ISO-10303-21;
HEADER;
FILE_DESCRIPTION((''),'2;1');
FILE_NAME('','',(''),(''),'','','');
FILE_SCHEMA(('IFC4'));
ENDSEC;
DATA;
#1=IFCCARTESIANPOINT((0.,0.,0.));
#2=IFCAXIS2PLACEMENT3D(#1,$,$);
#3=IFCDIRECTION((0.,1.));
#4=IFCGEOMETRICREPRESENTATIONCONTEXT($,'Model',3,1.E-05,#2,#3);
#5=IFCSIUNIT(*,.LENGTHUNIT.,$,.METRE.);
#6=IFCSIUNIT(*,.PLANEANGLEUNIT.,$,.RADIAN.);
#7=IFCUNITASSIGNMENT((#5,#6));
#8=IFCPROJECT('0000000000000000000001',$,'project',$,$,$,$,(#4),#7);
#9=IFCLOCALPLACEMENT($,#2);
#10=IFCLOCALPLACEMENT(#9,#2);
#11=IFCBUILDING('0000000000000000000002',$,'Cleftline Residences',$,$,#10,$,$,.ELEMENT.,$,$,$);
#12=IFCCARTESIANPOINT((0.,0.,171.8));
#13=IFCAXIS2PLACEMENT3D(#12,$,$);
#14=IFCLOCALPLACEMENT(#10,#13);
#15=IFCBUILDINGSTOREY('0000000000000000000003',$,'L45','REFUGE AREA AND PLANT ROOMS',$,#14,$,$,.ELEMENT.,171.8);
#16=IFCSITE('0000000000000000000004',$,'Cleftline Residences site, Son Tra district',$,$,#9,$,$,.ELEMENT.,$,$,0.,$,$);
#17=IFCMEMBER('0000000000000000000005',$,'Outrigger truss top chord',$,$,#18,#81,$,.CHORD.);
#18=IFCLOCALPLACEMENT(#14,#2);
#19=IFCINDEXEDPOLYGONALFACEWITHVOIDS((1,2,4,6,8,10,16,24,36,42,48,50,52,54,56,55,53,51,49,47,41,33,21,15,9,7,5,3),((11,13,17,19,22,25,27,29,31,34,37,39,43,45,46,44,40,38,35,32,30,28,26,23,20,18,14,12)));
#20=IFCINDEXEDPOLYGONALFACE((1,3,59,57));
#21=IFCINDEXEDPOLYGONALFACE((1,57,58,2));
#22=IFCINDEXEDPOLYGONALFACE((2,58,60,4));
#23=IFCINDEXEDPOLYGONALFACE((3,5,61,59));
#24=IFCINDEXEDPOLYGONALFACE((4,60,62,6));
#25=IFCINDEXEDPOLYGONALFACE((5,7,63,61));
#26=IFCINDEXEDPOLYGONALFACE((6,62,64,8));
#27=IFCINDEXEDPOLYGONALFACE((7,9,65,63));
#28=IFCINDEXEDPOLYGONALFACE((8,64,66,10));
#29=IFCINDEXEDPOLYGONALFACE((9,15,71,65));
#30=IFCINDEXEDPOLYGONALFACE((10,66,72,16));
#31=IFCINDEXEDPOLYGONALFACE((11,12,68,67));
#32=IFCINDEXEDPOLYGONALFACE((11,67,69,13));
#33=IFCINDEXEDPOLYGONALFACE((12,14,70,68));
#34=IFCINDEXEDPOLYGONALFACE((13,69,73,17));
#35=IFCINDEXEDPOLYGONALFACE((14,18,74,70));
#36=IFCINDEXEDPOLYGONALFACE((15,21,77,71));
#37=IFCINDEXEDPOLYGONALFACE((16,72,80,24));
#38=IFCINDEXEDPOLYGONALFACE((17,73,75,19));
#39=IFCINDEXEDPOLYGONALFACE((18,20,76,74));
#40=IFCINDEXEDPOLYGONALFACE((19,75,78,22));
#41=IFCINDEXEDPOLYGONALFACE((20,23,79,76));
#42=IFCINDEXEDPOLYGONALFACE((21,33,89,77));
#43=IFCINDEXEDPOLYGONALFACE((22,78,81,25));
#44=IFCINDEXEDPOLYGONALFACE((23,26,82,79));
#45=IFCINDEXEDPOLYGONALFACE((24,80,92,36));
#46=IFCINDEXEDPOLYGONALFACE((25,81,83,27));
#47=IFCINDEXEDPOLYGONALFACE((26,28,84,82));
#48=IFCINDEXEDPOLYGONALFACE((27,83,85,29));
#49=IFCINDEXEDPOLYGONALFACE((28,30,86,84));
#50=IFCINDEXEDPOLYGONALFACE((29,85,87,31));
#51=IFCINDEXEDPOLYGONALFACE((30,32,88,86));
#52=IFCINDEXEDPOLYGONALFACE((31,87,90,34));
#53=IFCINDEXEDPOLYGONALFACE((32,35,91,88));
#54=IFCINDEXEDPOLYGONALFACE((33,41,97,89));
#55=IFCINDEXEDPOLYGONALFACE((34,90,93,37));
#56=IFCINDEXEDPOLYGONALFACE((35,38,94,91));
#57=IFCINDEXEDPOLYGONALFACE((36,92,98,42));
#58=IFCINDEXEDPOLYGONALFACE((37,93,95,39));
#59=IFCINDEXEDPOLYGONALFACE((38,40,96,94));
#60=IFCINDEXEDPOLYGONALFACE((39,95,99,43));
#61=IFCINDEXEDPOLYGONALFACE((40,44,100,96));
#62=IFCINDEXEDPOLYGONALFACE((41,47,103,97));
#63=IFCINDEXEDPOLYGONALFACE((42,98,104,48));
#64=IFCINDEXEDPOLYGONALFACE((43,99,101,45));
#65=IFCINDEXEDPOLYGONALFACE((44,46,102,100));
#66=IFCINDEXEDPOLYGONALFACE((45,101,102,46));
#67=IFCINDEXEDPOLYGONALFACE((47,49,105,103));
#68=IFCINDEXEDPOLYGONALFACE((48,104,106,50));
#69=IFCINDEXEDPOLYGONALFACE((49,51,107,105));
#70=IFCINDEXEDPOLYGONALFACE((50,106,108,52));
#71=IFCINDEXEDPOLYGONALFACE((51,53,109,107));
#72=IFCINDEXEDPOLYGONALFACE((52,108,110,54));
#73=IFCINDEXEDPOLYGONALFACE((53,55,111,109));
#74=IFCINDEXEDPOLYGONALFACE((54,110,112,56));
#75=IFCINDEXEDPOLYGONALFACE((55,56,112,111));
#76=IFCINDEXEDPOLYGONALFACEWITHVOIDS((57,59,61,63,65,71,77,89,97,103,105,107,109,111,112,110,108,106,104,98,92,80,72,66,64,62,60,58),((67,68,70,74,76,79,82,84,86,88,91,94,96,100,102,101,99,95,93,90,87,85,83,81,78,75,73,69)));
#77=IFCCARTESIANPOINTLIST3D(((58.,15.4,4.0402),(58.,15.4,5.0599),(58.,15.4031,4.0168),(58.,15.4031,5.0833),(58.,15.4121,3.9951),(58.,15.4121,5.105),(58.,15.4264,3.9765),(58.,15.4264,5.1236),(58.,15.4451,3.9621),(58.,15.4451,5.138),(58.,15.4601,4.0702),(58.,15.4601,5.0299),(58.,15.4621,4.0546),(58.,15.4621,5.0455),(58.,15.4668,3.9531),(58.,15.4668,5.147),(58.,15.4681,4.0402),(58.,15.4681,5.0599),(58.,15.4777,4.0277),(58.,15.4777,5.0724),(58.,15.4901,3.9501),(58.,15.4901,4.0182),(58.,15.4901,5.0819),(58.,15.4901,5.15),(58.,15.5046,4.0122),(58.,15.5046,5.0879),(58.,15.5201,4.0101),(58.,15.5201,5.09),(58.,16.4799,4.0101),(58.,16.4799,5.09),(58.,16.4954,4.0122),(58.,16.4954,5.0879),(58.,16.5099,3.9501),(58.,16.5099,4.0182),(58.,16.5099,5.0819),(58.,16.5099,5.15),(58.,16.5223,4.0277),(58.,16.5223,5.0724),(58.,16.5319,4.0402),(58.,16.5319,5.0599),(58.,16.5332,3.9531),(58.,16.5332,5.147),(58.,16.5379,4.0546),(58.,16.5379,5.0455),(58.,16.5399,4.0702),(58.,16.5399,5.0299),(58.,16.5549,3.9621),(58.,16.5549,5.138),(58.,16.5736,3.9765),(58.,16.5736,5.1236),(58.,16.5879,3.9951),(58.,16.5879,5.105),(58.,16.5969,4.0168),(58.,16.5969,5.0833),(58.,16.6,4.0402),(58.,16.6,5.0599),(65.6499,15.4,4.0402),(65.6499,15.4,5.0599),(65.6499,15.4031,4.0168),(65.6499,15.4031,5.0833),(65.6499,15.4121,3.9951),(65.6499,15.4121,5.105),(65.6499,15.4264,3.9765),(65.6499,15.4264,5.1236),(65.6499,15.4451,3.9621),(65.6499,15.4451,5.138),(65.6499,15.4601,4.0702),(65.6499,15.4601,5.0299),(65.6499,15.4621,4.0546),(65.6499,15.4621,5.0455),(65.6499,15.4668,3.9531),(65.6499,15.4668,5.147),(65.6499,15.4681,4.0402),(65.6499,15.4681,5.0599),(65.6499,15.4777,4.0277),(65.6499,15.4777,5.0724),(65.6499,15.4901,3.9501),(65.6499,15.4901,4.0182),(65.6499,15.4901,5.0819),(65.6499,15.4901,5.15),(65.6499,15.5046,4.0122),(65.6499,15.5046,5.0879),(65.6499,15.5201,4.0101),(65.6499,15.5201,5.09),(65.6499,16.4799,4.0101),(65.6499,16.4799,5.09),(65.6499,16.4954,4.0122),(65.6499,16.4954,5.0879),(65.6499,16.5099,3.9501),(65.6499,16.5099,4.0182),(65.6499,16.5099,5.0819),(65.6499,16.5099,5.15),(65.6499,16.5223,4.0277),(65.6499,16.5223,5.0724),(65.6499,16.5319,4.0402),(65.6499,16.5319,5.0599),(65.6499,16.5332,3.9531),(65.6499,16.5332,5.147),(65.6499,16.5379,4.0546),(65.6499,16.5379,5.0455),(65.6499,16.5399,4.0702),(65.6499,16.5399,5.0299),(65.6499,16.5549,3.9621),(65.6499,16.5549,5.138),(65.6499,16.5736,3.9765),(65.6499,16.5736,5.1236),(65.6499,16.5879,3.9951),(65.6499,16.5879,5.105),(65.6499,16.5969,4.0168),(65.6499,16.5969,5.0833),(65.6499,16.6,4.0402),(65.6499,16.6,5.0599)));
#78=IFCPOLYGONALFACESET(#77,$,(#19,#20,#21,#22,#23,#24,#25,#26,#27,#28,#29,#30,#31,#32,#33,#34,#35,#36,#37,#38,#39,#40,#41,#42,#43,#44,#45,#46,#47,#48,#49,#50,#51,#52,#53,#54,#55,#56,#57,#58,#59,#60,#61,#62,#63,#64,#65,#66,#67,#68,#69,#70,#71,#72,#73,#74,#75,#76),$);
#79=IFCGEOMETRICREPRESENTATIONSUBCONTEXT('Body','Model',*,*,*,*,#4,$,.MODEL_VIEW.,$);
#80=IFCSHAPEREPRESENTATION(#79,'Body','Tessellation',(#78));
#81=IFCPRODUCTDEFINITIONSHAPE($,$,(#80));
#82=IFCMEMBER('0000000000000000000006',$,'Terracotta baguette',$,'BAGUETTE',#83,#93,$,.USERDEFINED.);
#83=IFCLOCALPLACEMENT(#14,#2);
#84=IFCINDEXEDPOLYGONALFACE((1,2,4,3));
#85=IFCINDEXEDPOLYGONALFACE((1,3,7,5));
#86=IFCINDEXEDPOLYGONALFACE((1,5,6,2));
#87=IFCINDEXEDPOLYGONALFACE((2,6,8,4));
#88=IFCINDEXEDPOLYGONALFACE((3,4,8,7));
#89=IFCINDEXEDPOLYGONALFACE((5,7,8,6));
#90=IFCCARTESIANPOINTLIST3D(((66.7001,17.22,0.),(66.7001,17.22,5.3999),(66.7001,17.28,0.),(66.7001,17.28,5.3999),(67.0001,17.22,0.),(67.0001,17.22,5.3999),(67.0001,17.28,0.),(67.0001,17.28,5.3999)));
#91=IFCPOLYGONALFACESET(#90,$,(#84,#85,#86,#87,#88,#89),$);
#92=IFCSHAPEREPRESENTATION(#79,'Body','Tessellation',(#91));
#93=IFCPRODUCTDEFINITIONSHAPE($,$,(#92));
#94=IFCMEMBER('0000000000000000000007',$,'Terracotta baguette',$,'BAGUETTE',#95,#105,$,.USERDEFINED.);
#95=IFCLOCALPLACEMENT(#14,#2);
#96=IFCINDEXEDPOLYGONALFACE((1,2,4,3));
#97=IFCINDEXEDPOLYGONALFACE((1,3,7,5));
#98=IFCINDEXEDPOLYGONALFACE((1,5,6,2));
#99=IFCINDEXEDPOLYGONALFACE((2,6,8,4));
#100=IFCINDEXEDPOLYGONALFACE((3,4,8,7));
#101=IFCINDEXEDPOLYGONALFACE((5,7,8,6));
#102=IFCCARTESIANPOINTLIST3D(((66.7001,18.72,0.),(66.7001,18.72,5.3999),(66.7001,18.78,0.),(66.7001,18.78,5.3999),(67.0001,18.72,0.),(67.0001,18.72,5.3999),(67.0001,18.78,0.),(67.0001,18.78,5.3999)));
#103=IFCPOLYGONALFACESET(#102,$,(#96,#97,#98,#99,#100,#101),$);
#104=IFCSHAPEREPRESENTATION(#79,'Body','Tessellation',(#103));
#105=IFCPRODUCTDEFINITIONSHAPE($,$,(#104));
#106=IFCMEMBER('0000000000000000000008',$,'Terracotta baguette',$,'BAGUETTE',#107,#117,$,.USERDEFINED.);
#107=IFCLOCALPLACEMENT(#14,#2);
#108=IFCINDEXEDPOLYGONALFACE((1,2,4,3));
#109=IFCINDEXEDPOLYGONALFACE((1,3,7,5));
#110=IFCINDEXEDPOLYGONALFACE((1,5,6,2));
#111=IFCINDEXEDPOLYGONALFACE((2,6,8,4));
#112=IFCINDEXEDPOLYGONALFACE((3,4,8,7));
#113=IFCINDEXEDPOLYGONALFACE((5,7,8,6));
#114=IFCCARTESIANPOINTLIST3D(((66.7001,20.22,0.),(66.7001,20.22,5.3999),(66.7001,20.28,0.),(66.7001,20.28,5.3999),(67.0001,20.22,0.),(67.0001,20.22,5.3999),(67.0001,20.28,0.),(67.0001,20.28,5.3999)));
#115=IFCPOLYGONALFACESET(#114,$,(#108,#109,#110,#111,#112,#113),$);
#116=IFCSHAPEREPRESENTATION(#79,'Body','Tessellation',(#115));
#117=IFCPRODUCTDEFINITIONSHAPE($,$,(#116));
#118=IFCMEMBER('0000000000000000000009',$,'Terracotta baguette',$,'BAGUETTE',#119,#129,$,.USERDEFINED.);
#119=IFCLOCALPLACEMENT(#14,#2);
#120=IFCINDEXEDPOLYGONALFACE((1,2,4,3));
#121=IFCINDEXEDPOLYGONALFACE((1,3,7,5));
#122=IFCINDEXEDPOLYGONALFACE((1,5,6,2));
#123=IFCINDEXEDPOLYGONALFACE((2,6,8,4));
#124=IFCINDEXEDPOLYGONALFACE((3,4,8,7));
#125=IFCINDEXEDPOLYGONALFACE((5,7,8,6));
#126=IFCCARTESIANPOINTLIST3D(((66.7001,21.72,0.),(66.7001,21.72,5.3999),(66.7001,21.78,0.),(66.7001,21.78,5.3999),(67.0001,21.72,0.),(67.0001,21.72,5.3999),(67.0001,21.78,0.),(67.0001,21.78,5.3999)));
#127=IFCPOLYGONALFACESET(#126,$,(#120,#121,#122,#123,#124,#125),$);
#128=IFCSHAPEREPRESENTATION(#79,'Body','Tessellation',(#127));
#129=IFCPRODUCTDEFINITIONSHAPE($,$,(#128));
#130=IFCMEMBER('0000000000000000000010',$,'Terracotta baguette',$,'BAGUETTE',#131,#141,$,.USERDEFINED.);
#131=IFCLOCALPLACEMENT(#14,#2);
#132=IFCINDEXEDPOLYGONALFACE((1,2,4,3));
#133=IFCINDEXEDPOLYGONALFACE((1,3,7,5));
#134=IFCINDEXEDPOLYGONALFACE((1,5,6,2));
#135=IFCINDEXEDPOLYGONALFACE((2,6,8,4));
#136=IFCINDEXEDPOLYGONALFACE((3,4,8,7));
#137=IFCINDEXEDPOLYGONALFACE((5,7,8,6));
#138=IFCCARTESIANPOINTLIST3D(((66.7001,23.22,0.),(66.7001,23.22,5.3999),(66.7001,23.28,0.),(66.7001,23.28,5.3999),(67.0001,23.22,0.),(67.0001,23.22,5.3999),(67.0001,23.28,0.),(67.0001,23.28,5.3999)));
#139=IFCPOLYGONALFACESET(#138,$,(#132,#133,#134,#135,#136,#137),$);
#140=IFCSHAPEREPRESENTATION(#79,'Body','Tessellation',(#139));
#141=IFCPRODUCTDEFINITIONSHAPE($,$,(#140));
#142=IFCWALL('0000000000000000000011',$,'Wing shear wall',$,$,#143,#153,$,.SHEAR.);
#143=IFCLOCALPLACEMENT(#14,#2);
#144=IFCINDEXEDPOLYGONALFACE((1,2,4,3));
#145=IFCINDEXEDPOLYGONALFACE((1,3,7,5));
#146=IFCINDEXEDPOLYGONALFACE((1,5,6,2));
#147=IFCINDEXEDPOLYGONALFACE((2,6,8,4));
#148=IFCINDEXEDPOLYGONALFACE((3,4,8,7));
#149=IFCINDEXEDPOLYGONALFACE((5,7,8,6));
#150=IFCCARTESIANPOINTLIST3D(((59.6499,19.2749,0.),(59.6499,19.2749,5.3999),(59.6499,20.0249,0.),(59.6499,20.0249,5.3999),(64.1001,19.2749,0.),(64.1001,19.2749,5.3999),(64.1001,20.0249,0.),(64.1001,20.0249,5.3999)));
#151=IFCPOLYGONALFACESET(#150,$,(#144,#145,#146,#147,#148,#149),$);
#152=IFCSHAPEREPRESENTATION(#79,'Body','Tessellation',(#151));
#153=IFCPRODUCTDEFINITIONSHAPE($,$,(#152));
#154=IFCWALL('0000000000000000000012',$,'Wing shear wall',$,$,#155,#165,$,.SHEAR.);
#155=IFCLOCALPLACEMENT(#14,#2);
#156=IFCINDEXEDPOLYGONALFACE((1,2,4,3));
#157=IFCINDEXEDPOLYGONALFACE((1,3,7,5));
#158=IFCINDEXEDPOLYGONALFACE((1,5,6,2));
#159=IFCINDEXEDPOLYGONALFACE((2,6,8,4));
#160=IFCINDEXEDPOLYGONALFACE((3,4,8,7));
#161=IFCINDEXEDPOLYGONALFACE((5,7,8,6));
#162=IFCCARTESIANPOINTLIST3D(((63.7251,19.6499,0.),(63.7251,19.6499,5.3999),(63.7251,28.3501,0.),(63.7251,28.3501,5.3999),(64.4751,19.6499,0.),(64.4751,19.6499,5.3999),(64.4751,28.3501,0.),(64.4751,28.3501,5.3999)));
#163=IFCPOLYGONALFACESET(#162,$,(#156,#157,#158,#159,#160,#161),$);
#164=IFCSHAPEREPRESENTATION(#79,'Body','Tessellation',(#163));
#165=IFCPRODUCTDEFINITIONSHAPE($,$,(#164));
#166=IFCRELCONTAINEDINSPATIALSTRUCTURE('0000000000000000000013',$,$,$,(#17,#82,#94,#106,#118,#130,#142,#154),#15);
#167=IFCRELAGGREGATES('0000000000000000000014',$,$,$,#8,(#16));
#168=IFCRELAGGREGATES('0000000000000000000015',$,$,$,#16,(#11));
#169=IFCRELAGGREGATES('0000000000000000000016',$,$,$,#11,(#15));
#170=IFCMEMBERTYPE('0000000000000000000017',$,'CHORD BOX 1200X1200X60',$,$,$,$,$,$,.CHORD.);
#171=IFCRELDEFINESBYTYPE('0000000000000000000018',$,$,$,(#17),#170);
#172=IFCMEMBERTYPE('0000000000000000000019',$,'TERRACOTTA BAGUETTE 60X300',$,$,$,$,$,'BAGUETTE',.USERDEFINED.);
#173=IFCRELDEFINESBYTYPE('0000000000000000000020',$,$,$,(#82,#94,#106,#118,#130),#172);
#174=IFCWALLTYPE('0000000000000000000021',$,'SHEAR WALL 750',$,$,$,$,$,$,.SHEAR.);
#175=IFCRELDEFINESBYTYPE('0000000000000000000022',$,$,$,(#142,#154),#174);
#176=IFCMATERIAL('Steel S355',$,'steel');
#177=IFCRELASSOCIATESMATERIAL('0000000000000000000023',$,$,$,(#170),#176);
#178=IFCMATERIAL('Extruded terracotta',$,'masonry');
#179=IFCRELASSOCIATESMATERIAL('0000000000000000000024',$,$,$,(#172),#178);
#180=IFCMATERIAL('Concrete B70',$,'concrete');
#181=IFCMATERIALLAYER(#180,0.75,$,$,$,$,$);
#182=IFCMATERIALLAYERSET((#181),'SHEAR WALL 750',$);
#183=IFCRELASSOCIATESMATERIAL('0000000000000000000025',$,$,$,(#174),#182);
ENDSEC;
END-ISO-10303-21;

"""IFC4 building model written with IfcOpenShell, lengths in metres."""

from ifc_helpers import new_model, si_unit, direction, frame, frame_2d, origin, origin_2d, place, context, subcontext, project, spatial, rectangle, hollow_rectangle, extrude, material, layer, layer_set, material_profile, profile_set, type_object, element, save


model = new_model("IFC4")

# Units and contexts
model_context = context("Model", 3, precision=1e-05, world=origin(), true_north=direction((0.0, 1.0)))
body_context = subcontext(model_context, "Body", "Model", "MODEL_VIEW")
ifc_project = project(units=[si_unit("LENGTHUNIT", "METRE"), si_unit("PLANEANGLEUNIT", "RADIAN")], contexts=[model_context])

# Site, building, storey
site_placement = place(None, origin())
site = spatial("IfcSite", under=ifc_project, at=site_placement, Name="Cleftline Residences site, Son Tra district", CompositionType="ELEMENT", RefElevation=0.0)
building_placement = place(site_placement, origin())
building = spatial("IfcBuilding", under=site, at=building_placement, Name="Cleftline Residences", CompositionType="ELEMENT")
storey_placement = place(building_placement, frame((0.0, 0.0, 171.8)))
storey = spatial("IfcBuildingStorey", under=building, at=storey_placement, Name="L45", Description="REFUGE AREA AND PLANT ROOMS", CompositionType="ELEMENT", Elevation=171.8)

# Members
ifc_material_1 = material(Name="Steel S355", Category="steel")
ifc_material_profile_1 = material_profile(ifc_material_1, hollow_rectangle(XDim=1.2, YDim=1.2, WallThickness=0.0601, InnerFilletRadius=0.0601, OuterFilletRadius=0.0901, at=origin_2d()))
ifc_profile_set_1 = profile_set([ifc_material_profile_1], Name="Steel S355")
member_type_1 = type_object("IfcMemberType", Name="CHORD BOX 1200X1200X60", PredefinedType="CHORD", material=ifc_profile_set_1)
for number, where, z_axis, x_axis, name in (
    (1, (58.0, 16.0, 4.55), (1.0, 0.0, 0.0), (0.0, 1.0, 0.0), "Outrigger truss top chord"),
):
    element("IfcMember", number, at=place(storey_placement, frame(where, z_axis=z_axis, x_axis=x_axis)), inside=storey, type_object=member_type_1, Name=name, PredefinedType="CHORD", context=body_context, shape_type="SweptSolid", body=[
        extrude(hollow_rectangle(XDim=1.2, YDim=1.2, WallThickness=0.0601, InnerFilletRadius=0.0601, OuterFilletRadius=0.0901, at=origin_2d()), origin(), (0.0, 0.0, 1.0), 7.6499),
    ])
ifc_material_2 = material(Name="Extruded terracotta", Category="masonry")
ifc_material_profile_2 = material_profile(ifc_material_2, rectangle(XDim=0.0601, YDim=0.3, at=origin_2d()))
ifc_profile_set_2 = profile_set([ifc_material_profile_2], Name="Extruded terracotta")
member_type_2 = type_object("IfcMemberType", Name="TERRACOTTA BAGUETTE 60X300", ElementType="BAGUETTE", PredefinedType="USERDEFINED", material=ifc_profile_set_2)
for number, where, z_axis, x_axis, name in (
    (2, (66.8501, 17.25, 0.0), (0.0, 0.0, 1.0), (0.0, 1.0, 0.0), "Terracotta baguette"),
    (3, (66.8501, 18.75, 0.0), (0.0, 0.0, 1.0), (0.0, 1.0, 0.0), "Terracotta baguette"),
    (4, (66.8501, 20.25, 0.0), (0.0, 0.0, 1.0), (0.0, 1.0, 0.0), "Terracotta baguette"),
    (5, (66.8501, 21.75, 0.0), (0.0, 0.0, 1.0), (0.0, 1.0, 0.0), "Terracotta baguette"),
    (6, (66.8501, 23.25, 0.0), (0.0, 0.0, 1.0), (0.0, 1.0, 0.0), "Terracotta baguette"),
):
    element("IfcMember", number, at=place(storey_placement, frame(where, z_axis=z_axis, x_axis=x_axis)), inside=storey, type_object=member_type_2, Name=name, ObjectType="BAGUETTE", PredefinedType="USERDEFINED", context=body_context, shape_type="SweptSolid", body=[
        extrude(rectangle(XDim=0.0601, YDim=0.3, at=origin_2d()), origin(), (0.0, 0.0, 1.0), 5.3999),
    ])

# Walls
ifc_material_3 = material(Name="Concrete B70", Category="concrete")
ifc_layer = layer(ifc_material_3, 0.75)
ifc_layer_set = layer_set([ifc_layer], Name="SHEAR WALL 750")
wall_type = type_object("IfcWallType", Name="SHEAR WALL 750", PredefinedType="SHEAR", material=ifc_layer_set)
wall_1_placement = place(storey_placement, frame((59.6499, 19.6499, 0.0), z_axis=(0.0, 0.0, 1.0), x_axis=(1.0, 0.0, 0.0)))
element("IfcWall", 7, at=wall_1_placement, inside=storey, type_object=wall_type, Name="Wing shear wall", PredefinedType="SHEAR", context=body_context, shape_type="SweptSolid", body=[
    extrude(rectangle(XDim=4.4502, YDim=0.75, at=frame_2d((2.2251, 0.0))), origin(), (0.0, 0.0, 1.0), 5.3999),
])
wall_2_placement = place(storey_placement, frame((64.1001, 19.6499, 0.0), z_axis=(0.0, 0.0, 1.0), x_axis=(0.0, 1.0, 0.0)))
element("IfcWall", 8, at=wall_2_placement, inside=storey, type_object=wall_type, Name="Wing shear wall", PredefinedType="SHEAR", context=body_context, shape_type="SweptSolid", body=[
    extrude(rectangle(XDim=8.7002, YDim=0.75, at=frame_2d((4.3501, 0.0))), origin(), (0.0, 0.0, 1.0), 5.3999),
])

save(model, "model.ifc")
